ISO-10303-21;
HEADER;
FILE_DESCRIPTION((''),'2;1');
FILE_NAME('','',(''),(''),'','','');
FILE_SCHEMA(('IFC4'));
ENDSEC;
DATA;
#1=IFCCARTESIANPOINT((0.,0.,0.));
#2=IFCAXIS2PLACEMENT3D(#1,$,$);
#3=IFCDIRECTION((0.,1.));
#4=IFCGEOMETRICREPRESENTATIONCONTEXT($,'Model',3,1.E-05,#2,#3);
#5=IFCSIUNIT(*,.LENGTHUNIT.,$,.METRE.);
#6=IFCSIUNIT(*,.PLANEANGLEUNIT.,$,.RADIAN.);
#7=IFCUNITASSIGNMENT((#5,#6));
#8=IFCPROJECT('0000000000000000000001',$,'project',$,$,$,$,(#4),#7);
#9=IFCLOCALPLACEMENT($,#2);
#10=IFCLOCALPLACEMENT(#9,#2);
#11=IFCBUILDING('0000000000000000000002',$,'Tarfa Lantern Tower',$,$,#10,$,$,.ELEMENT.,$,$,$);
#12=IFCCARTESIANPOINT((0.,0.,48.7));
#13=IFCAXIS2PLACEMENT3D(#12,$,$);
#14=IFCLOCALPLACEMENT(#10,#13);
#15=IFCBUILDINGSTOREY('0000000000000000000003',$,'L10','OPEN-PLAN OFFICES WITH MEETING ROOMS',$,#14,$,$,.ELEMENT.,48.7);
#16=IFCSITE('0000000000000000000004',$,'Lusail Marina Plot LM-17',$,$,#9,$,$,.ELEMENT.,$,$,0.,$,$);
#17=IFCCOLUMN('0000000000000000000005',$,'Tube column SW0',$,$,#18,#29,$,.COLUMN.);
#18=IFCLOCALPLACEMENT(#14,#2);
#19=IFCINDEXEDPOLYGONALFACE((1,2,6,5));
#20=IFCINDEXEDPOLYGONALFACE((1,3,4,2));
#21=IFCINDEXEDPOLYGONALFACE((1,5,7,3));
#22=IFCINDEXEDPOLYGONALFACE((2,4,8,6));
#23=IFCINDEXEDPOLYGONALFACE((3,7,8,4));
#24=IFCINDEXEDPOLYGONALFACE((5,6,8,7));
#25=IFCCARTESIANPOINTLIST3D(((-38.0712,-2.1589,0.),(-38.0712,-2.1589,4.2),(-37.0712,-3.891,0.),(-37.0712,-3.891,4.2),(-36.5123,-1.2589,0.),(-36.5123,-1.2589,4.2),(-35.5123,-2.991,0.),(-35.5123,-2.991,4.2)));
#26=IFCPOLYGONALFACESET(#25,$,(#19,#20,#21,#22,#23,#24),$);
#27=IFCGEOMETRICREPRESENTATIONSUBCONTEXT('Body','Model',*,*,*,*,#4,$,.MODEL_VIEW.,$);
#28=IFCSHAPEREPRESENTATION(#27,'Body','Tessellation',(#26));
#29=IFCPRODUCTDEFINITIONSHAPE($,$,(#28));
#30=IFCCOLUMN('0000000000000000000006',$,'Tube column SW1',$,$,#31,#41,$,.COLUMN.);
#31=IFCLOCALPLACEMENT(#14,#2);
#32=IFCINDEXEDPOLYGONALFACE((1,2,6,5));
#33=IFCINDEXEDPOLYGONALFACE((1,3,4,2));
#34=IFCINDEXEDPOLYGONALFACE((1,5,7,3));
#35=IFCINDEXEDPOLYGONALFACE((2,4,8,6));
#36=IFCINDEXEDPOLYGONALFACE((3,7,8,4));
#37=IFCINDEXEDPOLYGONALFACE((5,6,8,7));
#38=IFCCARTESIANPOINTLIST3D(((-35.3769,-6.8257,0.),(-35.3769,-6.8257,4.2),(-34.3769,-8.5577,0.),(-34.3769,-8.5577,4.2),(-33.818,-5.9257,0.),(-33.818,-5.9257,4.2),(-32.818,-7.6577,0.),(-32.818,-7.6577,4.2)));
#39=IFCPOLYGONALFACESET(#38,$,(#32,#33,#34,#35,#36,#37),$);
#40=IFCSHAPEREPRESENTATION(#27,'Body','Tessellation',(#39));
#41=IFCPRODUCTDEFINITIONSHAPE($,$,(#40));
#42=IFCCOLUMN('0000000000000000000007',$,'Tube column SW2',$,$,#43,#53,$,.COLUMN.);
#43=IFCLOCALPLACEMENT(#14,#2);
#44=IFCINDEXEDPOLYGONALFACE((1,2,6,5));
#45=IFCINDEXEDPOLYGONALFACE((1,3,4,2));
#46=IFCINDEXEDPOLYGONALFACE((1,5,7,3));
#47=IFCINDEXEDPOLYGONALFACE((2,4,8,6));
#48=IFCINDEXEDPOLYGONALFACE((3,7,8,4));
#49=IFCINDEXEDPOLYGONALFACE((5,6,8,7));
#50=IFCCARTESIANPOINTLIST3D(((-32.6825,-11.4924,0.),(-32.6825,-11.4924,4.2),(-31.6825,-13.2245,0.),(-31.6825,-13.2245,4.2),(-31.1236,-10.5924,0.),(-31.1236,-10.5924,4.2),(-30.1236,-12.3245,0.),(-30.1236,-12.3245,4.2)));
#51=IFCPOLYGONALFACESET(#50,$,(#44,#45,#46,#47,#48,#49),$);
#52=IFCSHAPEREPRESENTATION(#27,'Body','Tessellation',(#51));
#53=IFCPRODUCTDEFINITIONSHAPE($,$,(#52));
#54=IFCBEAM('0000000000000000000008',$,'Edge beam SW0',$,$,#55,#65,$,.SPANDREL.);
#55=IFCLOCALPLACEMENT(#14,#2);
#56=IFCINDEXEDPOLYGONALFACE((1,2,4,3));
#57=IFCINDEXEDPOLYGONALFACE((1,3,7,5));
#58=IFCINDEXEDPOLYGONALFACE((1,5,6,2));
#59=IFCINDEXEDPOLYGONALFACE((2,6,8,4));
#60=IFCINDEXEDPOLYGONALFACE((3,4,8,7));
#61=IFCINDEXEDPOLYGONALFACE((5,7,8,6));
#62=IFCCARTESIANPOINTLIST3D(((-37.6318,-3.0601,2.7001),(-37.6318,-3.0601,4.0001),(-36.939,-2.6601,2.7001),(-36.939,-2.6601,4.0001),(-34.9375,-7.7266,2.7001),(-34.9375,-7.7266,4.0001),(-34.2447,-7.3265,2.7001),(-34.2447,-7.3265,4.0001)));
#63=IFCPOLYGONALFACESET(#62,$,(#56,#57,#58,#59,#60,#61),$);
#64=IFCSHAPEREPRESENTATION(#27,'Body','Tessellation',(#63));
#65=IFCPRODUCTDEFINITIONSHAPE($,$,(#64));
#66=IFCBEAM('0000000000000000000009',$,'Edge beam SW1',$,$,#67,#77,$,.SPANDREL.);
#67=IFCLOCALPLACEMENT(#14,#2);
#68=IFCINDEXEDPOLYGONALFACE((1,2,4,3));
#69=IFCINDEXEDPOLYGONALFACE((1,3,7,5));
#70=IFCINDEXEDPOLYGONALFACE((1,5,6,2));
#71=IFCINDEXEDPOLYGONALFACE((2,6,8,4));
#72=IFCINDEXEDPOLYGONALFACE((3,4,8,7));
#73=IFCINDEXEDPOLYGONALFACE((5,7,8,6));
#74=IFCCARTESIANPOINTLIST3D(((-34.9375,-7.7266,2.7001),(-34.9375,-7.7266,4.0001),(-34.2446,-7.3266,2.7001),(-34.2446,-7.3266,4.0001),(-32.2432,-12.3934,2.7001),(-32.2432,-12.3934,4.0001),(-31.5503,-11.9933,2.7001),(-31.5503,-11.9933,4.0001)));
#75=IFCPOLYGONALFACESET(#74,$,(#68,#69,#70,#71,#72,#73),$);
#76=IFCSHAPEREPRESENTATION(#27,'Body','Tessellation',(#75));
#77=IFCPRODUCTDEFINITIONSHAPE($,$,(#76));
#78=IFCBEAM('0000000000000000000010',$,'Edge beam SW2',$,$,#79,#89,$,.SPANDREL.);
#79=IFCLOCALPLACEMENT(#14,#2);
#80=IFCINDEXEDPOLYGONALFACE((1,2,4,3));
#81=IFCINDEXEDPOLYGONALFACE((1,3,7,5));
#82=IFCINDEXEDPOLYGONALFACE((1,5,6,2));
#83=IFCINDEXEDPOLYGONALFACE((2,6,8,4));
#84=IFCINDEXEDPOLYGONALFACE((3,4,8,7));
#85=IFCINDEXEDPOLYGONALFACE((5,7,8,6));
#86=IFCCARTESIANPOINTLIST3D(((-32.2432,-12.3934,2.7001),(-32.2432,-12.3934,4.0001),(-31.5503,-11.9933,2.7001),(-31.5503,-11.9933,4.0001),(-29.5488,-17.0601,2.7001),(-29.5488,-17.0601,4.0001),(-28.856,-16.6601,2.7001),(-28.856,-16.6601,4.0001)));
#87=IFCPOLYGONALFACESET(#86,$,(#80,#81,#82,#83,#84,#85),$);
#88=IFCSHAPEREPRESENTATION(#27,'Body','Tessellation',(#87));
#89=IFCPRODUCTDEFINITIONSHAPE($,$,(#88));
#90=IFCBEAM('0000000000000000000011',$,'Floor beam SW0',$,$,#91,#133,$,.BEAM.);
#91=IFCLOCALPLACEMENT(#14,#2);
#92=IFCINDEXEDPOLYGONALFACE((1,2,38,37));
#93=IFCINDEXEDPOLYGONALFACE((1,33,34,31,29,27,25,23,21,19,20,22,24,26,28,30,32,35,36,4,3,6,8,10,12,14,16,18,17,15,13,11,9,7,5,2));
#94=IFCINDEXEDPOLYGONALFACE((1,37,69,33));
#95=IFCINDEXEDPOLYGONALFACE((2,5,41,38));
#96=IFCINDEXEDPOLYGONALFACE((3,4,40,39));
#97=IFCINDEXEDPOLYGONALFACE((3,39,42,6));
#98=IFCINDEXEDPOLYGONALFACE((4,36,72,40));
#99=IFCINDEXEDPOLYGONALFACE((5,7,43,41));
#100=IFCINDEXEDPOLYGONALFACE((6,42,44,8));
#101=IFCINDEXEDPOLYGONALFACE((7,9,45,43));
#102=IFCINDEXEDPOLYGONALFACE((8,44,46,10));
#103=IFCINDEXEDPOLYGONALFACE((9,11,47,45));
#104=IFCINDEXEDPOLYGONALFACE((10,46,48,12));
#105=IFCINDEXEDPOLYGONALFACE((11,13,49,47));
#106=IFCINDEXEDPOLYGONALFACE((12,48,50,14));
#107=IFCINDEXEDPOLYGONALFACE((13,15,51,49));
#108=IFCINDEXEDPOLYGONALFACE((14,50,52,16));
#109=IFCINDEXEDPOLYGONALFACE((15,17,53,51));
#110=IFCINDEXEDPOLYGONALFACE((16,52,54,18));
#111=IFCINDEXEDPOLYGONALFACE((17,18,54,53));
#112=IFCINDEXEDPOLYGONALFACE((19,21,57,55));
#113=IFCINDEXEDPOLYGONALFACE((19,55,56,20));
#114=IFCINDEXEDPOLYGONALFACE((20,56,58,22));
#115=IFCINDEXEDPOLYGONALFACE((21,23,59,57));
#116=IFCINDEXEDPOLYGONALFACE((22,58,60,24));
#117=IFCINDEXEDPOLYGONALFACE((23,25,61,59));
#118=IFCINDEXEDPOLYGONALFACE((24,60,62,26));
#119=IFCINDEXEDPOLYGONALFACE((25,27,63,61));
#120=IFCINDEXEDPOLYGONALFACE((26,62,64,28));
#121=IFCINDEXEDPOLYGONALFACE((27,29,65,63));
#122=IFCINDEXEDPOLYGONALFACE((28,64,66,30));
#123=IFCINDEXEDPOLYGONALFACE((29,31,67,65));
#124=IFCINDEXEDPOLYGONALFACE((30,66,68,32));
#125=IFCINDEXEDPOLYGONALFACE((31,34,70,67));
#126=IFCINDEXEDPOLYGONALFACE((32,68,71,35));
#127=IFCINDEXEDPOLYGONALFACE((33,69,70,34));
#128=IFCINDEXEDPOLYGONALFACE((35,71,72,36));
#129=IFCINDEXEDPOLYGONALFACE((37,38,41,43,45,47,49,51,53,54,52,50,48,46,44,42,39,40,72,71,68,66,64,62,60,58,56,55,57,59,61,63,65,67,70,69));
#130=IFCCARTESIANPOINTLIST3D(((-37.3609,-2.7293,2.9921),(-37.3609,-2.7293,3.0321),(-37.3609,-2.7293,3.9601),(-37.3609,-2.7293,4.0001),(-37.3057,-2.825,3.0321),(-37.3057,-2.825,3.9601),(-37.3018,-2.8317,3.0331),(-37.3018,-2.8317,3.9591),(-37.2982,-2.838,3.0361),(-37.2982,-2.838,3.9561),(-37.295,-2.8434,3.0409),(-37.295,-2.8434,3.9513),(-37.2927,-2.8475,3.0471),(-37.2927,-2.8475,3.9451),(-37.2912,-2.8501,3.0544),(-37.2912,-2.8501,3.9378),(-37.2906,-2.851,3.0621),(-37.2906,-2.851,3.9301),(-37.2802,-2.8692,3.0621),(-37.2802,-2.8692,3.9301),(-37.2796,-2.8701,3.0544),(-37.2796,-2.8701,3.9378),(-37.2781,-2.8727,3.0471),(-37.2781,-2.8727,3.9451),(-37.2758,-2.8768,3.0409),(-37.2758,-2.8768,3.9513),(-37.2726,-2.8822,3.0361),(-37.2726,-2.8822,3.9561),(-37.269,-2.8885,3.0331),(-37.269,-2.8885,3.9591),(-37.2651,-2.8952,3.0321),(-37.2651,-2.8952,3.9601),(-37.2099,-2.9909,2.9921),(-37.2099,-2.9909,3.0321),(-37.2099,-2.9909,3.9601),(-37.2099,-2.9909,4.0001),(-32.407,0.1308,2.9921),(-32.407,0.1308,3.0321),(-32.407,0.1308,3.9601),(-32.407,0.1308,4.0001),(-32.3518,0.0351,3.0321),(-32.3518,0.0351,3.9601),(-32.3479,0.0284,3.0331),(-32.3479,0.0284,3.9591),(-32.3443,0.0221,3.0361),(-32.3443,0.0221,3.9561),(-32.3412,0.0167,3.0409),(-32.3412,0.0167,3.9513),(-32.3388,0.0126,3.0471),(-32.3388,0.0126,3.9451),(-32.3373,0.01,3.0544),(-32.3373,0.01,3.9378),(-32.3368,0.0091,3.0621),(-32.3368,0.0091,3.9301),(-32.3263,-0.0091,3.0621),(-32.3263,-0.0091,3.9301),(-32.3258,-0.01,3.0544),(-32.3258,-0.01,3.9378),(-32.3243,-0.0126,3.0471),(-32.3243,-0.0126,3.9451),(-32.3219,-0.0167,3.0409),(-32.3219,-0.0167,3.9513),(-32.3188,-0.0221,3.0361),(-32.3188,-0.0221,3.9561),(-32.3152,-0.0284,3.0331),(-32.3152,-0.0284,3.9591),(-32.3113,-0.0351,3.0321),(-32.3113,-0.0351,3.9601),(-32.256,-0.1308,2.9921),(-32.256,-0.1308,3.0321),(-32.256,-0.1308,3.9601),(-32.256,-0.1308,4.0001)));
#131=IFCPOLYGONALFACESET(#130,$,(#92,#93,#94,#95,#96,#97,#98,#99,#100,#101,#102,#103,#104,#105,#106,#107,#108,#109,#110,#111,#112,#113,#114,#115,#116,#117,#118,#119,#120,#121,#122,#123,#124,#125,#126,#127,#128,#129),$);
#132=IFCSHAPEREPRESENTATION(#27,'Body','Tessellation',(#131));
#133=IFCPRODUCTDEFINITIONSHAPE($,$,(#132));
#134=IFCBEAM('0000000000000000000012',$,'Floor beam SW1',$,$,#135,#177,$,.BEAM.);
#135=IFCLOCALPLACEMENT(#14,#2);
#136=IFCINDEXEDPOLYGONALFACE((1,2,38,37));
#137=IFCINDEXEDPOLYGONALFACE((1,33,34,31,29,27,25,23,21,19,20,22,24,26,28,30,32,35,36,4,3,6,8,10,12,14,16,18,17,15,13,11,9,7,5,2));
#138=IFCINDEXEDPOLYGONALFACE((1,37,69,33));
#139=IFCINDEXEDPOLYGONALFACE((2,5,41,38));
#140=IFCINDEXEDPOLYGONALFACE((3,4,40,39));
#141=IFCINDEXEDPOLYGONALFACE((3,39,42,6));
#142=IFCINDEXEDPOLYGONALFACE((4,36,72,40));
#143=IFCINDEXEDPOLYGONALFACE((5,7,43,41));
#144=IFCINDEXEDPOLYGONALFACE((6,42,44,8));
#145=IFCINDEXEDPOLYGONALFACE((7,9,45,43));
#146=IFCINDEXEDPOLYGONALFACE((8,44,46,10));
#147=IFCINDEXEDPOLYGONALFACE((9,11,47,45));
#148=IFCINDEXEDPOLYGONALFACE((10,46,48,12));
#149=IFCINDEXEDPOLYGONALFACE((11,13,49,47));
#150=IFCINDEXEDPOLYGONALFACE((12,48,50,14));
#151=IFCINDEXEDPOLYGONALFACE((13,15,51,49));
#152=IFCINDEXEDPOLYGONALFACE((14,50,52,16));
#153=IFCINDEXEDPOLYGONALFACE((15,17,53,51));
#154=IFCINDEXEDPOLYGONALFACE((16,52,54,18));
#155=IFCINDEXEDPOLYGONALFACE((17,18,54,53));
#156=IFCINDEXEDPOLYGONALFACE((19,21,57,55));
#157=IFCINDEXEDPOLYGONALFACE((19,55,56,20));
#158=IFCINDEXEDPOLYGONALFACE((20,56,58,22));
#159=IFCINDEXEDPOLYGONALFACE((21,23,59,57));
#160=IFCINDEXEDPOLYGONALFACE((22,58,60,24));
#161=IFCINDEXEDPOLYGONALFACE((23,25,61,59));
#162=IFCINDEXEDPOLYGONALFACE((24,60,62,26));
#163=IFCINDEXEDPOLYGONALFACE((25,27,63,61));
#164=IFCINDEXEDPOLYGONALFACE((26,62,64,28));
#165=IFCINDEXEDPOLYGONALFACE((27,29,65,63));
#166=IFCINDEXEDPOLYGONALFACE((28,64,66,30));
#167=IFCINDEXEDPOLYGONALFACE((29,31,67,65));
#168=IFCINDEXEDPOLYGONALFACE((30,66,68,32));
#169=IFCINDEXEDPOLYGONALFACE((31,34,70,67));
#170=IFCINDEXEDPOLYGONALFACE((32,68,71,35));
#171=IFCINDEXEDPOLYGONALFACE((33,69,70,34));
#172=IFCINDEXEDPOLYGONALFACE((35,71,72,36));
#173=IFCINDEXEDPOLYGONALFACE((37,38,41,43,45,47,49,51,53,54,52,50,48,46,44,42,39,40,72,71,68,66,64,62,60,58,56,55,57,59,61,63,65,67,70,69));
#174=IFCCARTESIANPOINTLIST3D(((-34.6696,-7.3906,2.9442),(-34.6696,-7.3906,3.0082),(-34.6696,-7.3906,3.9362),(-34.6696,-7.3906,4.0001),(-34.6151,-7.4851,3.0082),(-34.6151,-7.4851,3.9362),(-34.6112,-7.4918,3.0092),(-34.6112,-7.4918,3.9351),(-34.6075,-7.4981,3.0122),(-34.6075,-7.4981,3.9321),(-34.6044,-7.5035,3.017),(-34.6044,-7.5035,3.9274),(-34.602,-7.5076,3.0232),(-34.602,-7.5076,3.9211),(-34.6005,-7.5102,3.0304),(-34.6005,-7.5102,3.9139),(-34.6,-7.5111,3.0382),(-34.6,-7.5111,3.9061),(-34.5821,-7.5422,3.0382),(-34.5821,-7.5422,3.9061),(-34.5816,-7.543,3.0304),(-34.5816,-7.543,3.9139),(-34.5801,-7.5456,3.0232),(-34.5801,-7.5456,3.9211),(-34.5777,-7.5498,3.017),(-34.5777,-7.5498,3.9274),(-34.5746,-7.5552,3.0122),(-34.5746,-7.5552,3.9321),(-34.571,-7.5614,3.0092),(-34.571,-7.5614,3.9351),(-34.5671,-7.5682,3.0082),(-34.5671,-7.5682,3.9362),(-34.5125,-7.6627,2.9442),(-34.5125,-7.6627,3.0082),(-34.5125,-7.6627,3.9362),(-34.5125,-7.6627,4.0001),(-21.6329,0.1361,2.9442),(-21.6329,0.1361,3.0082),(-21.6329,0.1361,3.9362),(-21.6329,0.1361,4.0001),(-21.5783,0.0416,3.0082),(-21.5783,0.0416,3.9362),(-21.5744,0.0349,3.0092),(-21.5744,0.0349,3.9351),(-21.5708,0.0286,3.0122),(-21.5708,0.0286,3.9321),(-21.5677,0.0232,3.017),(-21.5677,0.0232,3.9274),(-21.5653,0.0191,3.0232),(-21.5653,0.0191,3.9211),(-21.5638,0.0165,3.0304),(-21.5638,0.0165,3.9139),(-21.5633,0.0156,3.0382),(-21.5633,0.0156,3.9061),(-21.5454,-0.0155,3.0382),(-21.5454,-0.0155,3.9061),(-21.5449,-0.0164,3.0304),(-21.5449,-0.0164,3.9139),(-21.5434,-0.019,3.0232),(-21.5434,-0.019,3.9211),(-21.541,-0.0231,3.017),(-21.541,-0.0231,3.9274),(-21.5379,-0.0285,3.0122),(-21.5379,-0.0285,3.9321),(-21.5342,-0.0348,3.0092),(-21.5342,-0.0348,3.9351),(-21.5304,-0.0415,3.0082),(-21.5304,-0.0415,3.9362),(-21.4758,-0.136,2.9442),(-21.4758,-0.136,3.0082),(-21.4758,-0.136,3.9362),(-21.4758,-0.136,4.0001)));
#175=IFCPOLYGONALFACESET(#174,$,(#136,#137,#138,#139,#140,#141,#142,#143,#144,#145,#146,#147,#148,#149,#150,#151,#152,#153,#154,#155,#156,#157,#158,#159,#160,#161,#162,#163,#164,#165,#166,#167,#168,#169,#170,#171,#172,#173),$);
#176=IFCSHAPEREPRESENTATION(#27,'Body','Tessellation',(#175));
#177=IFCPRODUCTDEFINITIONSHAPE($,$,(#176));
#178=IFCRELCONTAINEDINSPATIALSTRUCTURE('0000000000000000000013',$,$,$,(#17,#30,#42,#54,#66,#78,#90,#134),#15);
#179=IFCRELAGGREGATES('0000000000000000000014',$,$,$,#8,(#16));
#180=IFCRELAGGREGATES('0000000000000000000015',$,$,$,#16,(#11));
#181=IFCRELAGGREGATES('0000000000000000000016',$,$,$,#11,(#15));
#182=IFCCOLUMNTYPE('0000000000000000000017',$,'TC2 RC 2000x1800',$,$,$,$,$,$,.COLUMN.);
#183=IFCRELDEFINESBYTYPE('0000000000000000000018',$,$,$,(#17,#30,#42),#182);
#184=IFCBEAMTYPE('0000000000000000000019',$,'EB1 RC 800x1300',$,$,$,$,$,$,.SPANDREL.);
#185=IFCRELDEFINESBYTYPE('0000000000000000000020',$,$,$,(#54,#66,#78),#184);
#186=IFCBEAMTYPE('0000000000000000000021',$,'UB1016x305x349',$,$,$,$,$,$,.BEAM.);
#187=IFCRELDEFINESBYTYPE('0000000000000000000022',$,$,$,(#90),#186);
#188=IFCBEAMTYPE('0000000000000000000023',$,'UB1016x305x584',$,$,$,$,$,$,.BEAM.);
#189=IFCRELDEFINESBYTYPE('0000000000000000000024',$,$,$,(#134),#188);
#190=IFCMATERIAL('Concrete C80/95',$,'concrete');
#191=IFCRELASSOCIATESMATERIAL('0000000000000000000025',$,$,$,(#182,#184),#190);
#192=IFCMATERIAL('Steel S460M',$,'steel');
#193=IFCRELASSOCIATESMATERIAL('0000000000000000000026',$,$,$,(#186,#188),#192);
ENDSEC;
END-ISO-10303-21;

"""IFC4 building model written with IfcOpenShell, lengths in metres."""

from ifc_helpers import new_model, si_unit, direction, frame, origin, origin_2d, place, context, subcontext, project, spatial, rectangle, i_section, extrude, material, material_profile, profile_set, type_object, element, save


model = new_model("IFC4")

# Units and contexts
model_context = context("Model", 3, precision=1e-05, world=origin(), true_north=direction((0.0, 1.0)))
body_context = subcontext(model_context, "Body", "Model", "MODEL_VIEW")
ifc_project = project(units=[si_unit("LENGTHUNIT", "METRE"), si_unit("PLANEANGLEUNIT", "RADIAN")], contexts=[model_context])

# Site, building, storey
site_placement = place(None, origin())
site = spatial("IfcSite", under=ifc_project, at=site_placement, Name="Lusail Marina Plot LM-17", CompositionType="ELEMENT", RefElevation=0.0)
building_placement = place(site_placement, origin())
building = spatial("IfcBuilding", under=site, at=building_placement, Name="Tarfa Lantern Tower", CompositionType="ELEMENT")
storey_placement = place(building_placement, frame((0.0, 0.0, 48.7)))
storey = spatial("IfcBuildingStorey", under=building, at=storey_placement, Name="L10", Description="OPEN-PLAN OFFICES WITH MEETING ROOMS", CompositionType="ELEMENT", Elevation=48.7)

# Columns
ifc_material_1 = material(Name="Concrete C80/95", Category="concrete")
ifc_material_profile_1 = material_profile(ifc_material_1, rectangle(XDim=2.0, YDim=1.8, at=origin_2d()), Name="RC 2000x1800")
ifc_profile_set_1 = profile_set([ifc_material_profile_1], Name="Concrete C80/95")
column_type = type_object("IfcColumnType", Name="TC2 RC 2000x1800", PredefinedType="COLUMN", material=ifc_profile_set_1)
for number, where, z_axis, x_axis, name in (
    (1, (-36.7917, -2.575, 0.0), (0.0, 0.0, 1.0), (0.5, -0.866025, 0.0), "Tube column SW0"),
    (2, (-34.0974, -7.2417, 0.0), (0.0, 0.0, 1.0), (0.5, -0.866025, 0.0), "Tube column SW1"),
    (3, (-31.4031, -11.9084, 0.0), (0.0, 0.0, 1.0), (0.5, -0.866025, 0.0), "Tube column SW2"),
):
    element("IfcColumn", number, at=place(storey_placement, frame(where, z_axis=z_axis, x_axis=x_axis)), inside=storey, type_object=column_type, Name=name, PredefinedType="COLUMN", context=body_context, shape_type="SweptSolid", body=[
        extrude(rectangle(XDim=2.0, YDim=1.8, at=origin_2d()), origin(), (0.0, 0.0, 1.0), 4.2),
    ])

# Beams
ifc_material_profile_2 = material_profile(ifc_material_1, rectangle(XDim=0.8, YDim=1.3, at=origin_2d()), Name="RC 800x1300")
ifc_profile_set_2 = profile_set([ifc_material_profile_2], Name="Concrete C80/95")
beam_type_1 = type_object("IfcBeamType", Name="EB1 RC 800x1300", PredefinedType="SPANDREL", material=ifc_profile_set_2)
beam_1_placement = place(storey_placement, frame((-37.2854, -2.8601, 3.3501), z_axis=(0.500018, -0.866015, 0.0), x_axis=(0.866015, 0.500018, 0.0)))
element("IfcBeam", 4, at=beam_1_placement, inside=storey, type_object=beam_type_1, Name="Edge beam SW0", PredefinedType="SPANDREL", context=body_context, shape_type="SweptSolid", body=[
    extrude(rectangle(XDim=0.8, YDim=1.3, at=origin_2d()), origin(), (0.0, 0.0, 1.0), 5.3884),
])
for number, where, z_axis, x_axis, name in (
    (5, (-34.5911, -7.5266, 3.3501), (0.499998, -0.866026, 0.0), (0.866026, 0.499998, 0.0), "Edge beam SW1"),
    (6, (-31.8967, -12.1934, 3.3501), (0.499998, -0.866026, 0.0), (0.866026, 0.499998, 0.0), "Edge beam SW2"),
):
    element("IfcBeam", number, at=place(storey_placement, frame(where, z_axis=z_axis, x_axis=x_axis)), inside=storey, type_object=beam_type_1, Name=name, PredefinedType="SPANDREL", context=body_context, shape_type="SweptSolid", body=[
        extrude(rectangle(XDim=0.8, YDim=1.3, at=origin_2d()), origin(), (0.0, 0.0, 1.0), 5.3887),
    ])
ifc_material_2 = material(Name="Steel S460M", Category="steel")
ifc_material_profile_3 = material_profile(ifc_material_2, i_section(OverallWidth=0.302, OverallDepth=1.0081, WebThickness=0.021, FlangeThickness=0.04, FilletRadius=0.03, at=origin_2d()), Name="UB1016x305x349")
ifc_profile_set_3 = profile_set([ifc_material_profile_3], Name="Steel S460M")
beam_type_2 = type_object("IfcBeamType", Name="UB1016x305x349", PredefinedType="BEAM", material=ifc_profile_set_3)
beam_2_placement = place(storey_placement, frame((-37.2854, -2.8601, 3.4961), z_axis=(0.866026, 0.5, 0.0), x_axis=(-0.5, 0.866026, 0.0)))
element("IfcBeam", 7, at=beam_2_placement, inside=storey, type_object=beam_type_2, Name="Floor beam SW0", PredefinedType="BEAM", context=body_context, shape_type="SweptSolid", body=[
    extrude(i_section(OverallWidth=0.302, OverallDepth=1.0081, WebThickness=0.021, FlangeThickness=0.04, FilletRadius=0.03, at=origin_2d()), origin(), (0.0, 0.0, 1.0), 5.7202),
])
ifc_material_profile_4 = material_profile(ifc_material_2, i_section(OverallWidth=0.3142, OverallDepth=1.0559, WebThickness=0.0359, FlangeThickness=0.064, FilletRadius=0.03, at=origin_2d()), Name="UB1016x305x584")
ifc_profile_set_4 = profile_set([ifc_material_profile_4], Name="Steel S460M")
beam_type_3 = type_object("IfcBeamType", Name="UB1016x305x584", PredefinedType="BEAM", material=ifc_profile_set_4)
beam_3_placement = place(storey_placement, frame((-34.5911, -7.5266, 3.4722), z_axis=(0.866028, 0.499996, 0.0), x_axis=(-0.499996, 0.866028, 0.0)))
element("IfcBeam", 8, at=beam_3_placement, inside=storey, type_object=beam_type_3, Name="Floor beam SW1", PredefinedType="BEAM", context=body_context, shape_type="SweptSolid", body=[
    extrude(i_section(OverallWidth=0.3142, OverallDepth=1.0559, WebThickness=0.0359, FlangeThickness=0.064, FilletRadius=0.03, at=origin_2d()), origin(), (0.0, 0.0, 1.0), 15.0535),
])

save(model, "model.ifc")
